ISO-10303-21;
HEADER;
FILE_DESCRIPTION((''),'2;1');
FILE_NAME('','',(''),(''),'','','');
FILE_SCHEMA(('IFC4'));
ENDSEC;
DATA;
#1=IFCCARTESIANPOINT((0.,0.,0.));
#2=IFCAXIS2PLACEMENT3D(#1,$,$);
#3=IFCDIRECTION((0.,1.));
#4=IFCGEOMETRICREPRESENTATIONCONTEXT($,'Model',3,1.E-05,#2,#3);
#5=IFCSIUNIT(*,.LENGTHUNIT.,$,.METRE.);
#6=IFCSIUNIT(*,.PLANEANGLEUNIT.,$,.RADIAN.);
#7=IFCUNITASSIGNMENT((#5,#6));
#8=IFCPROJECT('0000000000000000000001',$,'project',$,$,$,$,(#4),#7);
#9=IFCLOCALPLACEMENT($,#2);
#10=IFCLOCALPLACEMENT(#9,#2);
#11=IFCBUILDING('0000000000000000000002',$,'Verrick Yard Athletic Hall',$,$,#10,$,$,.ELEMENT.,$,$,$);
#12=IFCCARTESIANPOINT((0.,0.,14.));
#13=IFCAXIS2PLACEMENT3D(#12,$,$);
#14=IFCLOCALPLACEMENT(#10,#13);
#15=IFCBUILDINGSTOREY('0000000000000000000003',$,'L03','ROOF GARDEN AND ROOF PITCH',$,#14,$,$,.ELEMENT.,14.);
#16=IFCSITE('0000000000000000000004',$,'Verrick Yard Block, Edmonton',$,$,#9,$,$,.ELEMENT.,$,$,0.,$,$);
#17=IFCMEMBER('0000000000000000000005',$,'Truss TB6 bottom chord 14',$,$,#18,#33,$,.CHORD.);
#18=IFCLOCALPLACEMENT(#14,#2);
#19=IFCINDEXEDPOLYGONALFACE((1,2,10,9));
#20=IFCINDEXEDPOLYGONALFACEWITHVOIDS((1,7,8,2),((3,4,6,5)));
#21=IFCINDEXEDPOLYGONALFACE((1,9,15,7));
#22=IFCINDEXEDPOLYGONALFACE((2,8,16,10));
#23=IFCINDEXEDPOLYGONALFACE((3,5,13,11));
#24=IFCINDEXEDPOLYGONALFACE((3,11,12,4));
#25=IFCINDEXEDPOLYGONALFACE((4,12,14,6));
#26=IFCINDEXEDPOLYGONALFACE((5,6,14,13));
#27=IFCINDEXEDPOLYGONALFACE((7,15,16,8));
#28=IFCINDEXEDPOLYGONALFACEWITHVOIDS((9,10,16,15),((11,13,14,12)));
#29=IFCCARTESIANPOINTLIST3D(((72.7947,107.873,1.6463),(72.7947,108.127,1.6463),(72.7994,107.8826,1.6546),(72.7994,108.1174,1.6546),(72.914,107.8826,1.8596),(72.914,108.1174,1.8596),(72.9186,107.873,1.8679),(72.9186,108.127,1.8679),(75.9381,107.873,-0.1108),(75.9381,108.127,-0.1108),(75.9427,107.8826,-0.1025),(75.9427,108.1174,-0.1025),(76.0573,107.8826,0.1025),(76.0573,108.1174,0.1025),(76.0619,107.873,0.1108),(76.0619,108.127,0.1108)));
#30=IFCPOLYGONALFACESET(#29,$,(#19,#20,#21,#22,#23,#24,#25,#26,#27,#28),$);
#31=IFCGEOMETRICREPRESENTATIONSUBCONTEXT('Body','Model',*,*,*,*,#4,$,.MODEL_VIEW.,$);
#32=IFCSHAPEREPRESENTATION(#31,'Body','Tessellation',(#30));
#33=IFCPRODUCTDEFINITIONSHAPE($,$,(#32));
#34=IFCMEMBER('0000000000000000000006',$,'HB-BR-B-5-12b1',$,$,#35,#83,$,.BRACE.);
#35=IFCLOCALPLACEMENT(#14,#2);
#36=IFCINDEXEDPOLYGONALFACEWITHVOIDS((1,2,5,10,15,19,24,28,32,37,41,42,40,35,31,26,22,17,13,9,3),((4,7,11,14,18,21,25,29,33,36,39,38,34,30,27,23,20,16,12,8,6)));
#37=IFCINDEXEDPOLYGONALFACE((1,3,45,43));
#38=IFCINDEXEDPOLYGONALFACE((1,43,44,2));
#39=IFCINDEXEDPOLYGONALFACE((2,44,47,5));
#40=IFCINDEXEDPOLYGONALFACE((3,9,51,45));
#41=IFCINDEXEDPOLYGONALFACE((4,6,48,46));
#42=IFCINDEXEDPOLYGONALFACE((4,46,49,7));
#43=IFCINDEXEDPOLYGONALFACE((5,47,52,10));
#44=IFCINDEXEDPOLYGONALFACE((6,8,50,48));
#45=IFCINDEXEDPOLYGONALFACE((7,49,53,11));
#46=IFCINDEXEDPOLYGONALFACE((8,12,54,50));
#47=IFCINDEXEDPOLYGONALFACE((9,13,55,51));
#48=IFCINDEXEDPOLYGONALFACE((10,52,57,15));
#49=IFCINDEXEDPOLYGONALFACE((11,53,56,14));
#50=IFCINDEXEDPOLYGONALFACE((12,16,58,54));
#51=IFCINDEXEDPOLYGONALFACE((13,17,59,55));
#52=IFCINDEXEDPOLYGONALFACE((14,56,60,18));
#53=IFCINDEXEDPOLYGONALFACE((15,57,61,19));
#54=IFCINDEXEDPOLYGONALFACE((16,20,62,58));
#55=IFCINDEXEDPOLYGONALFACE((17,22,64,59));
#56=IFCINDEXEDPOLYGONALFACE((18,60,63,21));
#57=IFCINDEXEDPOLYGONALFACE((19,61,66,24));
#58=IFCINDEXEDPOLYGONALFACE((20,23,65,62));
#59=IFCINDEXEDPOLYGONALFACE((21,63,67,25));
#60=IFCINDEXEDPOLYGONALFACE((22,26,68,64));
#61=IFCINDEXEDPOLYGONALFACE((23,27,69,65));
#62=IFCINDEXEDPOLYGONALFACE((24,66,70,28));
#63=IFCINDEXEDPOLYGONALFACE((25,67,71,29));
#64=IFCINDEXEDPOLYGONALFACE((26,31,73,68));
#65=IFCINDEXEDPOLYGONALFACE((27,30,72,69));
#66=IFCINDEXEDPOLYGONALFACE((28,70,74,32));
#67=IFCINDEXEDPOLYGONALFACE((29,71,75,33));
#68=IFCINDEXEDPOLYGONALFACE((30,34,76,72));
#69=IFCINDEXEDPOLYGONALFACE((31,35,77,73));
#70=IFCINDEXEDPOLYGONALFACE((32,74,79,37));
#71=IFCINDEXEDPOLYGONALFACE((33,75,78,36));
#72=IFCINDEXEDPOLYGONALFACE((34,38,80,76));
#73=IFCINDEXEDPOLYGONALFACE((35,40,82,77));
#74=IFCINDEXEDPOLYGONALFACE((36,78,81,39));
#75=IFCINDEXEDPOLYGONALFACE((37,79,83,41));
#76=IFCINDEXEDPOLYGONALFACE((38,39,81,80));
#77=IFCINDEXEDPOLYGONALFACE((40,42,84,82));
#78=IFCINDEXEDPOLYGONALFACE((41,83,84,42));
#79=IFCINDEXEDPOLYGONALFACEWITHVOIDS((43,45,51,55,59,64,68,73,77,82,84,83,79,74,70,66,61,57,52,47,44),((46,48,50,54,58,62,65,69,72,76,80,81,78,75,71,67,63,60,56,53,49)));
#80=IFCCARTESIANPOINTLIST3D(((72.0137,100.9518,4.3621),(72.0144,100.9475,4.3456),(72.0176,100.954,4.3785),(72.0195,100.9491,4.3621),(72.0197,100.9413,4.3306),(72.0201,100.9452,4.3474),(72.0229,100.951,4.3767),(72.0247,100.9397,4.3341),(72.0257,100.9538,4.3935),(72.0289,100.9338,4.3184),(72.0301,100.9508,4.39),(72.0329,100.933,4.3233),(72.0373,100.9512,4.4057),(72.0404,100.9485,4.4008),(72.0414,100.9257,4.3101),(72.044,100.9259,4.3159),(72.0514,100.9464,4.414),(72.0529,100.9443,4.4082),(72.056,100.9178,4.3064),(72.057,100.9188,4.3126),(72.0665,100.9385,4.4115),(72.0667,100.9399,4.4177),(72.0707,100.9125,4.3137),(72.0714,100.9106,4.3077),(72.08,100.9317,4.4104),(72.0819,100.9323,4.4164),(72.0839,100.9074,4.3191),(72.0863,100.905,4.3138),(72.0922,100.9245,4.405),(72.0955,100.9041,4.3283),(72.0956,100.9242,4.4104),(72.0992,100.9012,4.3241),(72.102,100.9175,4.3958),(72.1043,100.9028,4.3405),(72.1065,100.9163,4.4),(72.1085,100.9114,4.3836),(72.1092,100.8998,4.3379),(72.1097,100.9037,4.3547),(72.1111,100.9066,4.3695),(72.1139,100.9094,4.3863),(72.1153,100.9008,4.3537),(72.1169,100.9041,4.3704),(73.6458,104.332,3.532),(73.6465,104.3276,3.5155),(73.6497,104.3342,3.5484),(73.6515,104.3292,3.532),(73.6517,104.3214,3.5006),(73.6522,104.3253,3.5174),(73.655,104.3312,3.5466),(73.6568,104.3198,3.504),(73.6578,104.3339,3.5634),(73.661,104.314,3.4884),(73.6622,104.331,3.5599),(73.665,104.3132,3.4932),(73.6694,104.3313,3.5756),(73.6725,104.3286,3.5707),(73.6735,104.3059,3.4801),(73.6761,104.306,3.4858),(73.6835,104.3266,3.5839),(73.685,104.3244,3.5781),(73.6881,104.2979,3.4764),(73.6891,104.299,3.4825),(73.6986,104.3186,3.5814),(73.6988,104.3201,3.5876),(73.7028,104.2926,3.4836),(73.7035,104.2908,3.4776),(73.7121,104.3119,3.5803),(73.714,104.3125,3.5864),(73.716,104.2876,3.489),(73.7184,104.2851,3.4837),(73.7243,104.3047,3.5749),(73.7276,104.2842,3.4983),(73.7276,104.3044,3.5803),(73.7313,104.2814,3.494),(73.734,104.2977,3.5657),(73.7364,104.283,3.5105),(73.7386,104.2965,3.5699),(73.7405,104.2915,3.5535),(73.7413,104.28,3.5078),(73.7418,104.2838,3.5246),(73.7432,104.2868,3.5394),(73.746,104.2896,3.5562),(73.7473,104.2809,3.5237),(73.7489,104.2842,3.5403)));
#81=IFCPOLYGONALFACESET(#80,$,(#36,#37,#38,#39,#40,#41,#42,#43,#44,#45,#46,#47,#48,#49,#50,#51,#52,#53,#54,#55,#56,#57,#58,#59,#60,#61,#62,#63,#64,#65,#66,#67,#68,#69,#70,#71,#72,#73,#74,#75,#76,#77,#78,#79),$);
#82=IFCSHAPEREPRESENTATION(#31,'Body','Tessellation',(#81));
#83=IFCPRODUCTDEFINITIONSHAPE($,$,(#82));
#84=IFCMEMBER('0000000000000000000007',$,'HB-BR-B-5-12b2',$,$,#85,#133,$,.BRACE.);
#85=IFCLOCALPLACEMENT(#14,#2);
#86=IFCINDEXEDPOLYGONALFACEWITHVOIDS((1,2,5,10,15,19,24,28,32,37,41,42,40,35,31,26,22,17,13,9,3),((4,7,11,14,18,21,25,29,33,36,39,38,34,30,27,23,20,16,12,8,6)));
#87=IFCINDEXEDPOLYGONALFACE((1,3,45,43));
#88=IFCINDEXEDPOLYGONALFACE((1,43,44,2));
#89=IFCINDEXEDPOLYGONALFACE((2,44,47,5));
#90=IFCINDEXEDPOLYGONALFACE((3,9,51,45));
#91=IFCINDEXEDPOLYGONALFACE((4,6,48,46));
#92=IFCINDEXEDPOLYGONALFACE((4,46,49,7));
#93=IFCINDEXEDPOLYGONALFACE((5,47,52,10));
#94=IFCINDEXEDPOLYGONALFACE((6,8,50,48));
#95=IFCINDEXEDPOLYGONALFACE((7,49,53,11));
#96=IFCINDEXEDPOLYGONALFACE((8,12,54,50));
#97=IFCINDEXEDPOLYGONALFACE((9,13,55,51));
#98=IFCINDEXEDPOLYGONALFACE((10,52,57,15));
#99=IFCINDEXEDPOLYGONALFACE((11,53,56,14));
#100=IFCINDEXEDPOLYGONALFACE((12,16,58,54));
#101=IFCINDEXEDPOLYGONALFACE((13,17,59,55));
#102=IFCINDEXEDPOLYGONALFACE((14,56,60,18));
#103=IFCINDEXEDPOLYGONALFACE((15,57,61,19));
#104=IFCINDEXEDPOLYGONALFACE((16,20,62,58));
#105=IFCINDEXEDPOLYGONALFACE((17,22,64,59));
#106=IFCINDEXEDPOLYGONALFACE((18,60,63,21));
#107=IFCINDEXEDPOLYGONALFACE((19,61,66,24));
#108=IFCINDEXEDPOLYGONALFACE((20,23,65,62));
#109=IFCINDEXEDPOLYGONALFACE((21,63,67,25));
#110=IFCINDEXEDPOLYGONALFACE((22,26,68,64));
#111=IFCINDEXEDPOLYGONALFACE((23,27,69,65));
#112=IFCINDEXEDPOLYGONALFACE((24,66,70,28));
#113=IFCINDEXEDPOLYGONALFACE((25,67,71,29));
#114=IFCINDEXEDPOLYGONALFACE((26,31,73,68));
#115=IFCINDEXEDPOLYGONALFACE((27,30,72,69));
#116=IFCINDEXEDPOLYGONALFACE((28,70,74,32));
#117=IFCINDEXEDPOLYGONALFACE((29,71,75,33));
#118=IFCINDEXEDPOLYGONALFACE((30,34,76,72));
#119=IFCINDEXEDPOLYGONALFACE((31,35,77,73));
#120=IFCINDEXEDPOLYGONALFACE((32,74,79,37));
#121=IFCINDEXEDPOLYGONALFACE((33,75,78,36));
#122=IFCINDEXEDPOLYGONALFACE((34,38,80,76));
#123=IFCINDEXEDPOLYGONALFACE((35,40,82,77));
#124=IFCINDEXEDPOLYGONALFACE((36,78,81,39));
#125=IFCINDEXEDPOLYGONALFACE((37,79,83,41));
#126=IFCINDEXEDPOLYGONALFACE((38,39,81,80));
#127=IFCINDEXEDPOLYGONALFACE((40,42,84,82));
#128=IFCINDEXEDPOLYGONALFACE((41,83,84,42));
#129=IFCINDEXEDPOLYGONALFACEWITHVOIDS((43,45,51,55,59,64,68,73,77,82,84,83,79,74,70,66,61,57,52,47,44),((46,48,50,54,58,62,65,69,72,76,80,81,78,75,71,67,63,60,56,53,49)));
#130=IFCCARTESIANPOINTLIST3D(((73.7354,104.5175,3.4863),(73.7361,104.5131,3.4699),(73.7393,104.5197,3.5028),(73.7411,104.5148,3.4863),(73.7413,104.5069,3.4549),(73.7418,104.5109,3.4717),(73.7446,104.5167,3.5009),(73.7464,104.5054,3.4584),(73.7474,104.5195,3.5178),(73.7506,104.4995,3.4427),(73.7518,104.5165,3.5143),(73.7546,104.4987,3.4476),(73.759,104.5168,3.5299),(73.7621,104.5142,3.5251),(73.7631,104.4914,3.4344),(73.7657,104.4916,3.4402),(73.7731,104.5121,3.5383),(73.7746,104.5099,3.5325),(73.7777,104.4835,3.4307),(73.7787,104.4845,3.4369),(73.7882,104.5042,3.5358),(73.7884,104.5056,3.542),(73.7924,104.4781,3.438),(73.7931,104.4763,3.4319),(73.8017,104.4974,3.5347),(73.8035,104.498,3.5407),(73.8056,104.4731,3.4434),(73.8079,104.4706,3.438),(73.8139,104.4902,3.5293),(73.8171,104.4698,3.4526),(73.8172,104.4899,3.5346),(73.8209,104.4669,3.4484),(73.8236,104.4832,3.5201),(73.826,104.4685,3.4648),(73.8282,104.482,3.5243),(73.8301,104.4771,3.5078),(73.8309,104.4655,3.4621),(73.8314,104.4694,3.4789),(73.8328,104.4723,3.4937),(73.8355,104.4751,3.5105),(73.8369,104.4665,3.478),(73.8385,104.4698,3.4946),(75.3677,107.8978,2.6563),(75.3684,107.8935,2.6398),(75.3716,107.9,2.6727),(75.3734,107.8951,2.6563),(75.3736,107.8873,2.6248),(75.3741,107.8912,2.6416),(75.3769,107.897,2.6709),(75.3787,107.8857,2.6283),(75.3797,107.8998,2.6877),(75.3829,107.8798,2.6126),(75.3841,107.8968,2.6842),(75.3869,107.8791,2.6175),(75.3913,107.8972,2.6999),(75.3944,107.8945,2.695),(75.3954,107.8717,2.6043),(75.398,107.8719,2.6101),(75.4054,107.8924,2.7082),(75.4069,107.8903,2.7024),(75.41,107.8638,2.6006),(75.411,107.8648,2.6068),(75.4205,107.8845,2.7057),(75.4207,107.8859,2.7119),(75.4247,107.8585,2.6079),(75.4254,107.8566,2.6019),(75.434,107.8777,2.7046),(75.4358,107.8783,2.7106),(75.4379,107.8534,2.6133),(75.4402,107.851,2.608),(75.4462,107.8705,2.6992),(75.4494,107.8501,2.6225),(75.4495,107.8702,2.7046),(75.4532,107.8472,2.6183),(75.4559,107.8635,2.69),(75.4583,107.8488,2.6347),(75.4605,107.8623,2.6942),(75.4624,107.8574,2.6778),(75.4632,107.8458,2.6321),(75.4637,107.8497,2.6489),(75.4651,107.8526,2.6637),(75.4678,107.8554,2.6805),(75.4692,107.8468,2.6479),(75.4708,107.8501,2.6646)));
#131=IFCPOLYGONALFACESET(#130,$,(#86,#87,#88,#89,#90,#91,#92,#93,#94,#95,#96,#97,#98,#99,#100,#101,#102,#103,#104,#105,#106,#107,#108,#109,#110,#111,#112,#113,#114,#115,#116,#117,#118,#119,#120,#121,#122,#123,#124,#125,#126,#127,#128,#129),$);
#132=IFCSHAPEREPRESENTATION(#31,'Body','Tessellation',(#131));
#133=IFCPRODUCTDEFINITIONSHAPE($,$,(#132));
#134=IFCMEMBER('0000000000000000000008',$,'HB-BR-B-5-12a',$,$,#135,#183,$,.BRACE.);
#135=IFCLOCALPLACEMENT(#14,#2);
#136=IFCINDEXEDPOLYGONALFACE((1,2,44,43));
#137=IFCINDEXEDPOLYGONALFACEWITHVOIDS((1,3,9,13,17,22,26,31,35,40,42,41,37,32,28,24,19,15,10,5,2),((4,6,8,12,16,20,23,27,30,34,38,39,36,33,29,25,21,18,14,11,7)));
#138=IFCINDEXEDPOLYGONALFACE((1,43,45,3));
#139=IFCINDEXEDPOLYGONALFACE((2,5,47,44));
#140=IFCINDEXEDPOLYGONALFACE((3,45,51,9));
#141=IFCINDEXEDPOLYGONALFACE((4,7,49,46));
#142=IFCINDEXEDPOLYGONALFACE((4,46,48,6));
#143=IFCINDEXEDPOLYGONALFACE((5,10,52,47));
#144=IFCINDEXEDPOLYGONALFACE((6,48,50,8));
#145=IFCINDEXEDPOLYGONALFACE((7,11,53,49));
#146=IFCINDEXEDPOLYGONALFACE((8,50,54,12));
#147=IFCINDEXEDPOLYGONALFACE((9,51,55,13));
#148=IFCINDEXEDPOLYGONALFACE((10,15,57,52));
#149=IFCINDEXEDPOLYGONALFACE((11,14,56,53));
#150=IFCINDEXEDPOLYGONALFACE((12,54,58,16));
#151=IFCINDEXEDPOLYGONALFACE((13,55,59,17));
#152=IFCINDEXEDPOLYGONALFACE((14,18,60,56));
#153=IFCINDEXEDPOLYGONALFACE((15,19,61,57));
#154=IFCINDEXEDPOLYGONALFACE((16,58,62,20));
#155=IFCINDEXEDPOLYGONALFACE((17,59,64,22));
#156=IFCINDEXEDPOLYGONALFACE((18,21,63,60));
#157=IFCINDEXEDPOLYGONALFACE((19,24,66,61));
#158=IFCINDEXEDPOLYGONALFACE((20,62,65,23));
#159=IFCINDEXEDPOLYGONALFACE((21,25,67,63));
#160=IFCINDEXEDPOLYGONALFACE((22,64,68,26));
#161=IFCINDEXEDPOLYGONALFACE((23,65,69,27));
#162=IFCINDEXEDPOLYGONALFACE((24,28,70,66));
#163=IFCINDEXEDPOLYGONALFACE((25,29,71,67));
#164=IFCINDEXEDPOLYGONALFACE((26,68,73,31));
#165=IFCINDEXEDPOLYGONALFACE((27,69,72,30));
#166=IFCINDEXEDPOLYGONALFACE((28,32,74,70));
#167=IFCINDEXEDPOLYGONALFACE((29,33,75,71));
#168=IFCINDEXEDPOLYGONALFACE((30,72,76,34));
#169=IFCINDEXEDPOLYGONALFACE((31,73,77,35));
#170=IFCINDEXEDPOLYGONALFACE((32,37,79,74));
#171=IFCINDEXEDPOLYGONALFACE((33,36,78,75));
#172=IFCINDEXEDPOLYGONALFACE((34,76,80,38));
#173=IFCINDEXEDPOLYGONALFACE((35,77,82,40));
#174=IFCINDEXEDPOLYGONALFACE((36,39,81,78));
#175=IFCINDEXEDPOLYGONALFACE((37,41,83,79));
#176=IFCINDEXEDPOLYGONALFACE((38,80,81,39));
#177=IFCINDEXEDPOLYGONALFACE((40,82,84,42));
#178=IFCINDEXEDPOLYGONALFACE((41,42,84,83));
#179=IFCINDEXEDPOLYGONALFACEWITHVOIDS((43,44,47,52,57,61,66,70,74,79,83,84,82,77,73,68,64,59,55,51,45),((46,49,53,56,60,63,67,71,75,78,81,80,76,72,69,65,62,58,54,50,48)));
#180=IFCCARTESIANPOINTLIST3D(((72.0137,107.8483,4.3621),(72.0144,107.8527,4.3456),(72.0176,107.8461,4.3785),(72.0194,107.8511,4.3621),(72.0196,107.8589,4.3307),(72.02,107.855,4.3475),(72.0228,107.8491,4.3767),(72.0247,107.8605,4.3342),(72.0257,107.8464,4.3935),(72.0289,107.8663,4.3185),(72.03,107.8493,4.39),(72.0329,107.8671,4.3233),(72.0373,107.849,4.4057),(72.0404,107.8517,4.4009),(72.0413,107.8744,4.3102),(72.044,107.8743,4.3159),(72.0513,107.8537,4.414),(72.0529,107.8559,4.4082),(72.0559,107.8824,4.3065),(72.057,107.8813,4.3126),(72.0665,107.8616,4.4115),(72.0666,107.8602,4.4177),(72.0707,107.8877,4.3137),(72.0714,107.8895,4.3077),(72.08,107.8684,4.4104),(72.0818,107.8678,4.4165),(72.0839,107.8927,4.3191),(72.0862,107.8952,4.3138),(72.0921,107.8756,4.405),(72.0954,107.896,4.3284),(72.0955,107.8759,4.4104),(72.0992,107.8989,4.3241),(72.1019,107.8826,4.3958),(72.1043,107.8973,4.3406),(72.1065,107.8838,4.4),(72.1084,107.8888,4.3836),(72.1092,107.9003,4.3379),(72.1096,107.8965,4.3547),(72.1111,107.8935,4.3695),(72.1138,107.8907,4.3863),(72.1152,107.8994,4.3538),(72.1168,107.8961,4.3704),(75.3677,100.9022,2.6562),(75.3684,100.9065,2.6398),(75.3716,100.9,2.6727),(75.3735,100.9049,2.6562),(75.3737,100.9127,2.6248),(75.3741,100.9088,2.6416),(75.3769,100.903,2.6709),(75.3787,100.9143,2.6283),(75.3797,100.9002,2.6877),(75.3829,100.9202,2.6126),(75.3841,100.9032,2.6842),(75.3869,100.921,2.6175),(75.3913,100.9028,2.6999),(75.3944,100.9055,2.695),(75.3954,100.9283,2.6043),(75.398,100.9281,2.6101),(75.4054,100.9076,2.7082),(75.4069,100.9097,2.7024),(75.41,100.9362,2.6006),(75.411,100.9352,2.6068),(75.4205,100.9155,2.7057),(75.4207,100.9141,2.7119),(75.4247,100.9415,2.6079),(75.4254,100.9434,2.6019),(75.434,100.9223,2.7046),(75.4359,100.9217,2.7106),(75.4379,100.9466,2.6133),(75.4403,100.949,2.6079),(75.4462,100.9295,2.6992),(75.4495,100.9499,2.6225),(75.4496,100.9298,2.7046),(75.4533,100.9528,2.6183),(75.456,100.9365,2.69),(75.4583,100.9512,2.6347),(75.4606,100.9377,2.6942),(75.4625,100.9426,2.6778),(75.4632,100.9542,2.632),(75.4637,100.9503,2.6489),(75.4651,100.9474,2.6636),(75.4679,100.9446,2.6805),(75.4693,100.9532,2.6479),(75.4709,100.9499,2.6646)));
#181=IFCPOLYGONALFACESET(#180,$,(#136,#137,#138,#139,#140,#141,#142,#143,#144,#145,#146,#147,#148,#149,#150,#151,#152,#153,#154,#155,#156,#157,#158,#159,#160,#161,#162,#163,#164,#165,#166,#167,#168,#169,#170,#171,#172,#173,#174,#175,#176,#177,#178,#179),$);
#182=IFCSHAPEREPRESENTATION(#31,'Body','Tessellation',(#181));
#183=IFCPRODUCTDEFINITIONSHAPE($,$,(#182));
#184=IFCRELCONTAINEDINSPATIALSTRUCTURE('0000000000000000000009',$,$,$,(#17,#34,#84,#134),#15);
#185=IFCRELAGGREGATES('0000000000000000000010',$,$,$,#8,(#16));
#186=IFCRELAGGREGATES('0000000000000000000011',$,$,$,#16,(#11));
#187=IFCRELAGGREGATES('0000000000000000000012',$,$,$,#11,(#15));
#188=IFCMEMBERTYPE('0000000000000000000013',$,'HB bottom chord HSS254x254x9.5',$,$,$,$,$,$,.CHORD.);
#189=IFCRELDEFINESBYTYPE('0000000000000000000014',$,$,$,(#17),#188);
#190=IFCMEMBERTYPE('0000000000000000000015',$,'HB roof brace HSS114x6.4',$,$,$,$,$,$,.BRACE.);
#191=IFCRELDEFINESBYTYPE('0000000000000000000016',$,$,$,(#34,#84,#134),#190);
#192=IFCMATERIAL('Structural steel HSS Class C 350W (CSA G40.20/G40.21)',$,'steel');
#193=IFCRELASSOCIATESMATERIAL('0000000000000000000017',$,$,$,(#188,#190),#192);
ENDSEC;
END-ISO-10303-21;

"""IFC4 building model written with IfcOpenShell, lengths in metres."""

from ifc_helpers import new_model, si_unit, direction, frame, origin, origin_2d, place, context, subcontext, project, spatial, hollow_rectangle, hollow_circle, extrude, material, material_profile, profile_set, type_object, element, save


model = new_model("IFC4")

# Units and contexts
model_context = context("Model", 3, precision=1e-05, world=origin(), true_north=direction((0.0, 1.0)))
body_context = subcontext(model_context, "Body", "Model", "MODEL_VIEW")
ifc_project = project(units=[si_unit("LENGTHUNIT", "METRE"), si_unit("PLANEANGLEUNIT", "RADIAN")], contexts=[model_context])

# Site, building, storey
site_placement = place(None, origin())
site = spatial("IfcSite", under=ifc_project, at=site_placement, Name="Verrick Yard Block, Edmonton", CompositionType="ELEMENT", RefElevation=0.0)
building_placement = place(site_placement, origin())
building = spatial("IfcBuilding", under=site, at=building_placement, Name="Verrick Yard Athletic Hall", CompositionType="ELEMENT")
storey_placement = place(building_placement, frame((0.0, 0.0, 14.0)))
storey = spatial("IfcBuildingStorey", under=building, at=storey_placement, Name="L03", Description="ROOF GARDEN AND ROOF PITCH", CompositionType="ELEMENT", Elevation=14.0)

# Members
ifc_material_1 = material(Name="Structural steel HSS Class C 350W (CSA G40.20/G40.21)", Category="steel")
ifc_material_profile_1 = material_profile(ifc_material_1, hollow_rectangle(XDim=0.2539, YDim=0.2539, WallThickness=0.0095, at=origin_2d()), Name="HSS254x254x9.5")
ifc_profile_set_1 = profile_set([ifc_material_profile_1], Name="Structural steel HSS Class C 350W (CSA G40.20/G40.21)")
member_type_1 = type_object("IfcMemberType", Name="HB bottom chord HSS254x254x9.5", PredefinedType="CHORD", material=ifc_profile_set_1)
member_1_placement = place(storey_placement, frame((72.8567, 108.0, 1.7571), z_axis=(0.872881, 0.0, -0.487932), x_axis=(0.0, 1.0, 0.0)))
element("IfcMember", 1, at=member_1_placement, inside=storey, type_object=member_type_1, Name="Truss TB6 bottom chord 14", PredefinedType="CHORD", context=body_context, shape_type="SweptSolid", body=[
    extrude(hollow_rectangle(XDim=0.2539, YDim=0.2539, WallThickness=0.0095, at=origin_2d()), origin(), (0.0, 0.0, 1.0), 3.6011),
])
ifc_material_profile_2 = material_profile(ifc_material_1, hollow_circle(Radius=0.0571, WallThickness=0.0063, at=origin_2d()), Name="HSS114x6.4")
ifc_profile_set_2 = profile_set([ifc_material_profile_2], Name="Structural steel HSS Class C 350W (CSA G40.20/G40.21)")
member_type_2 = type_object("IfcMemberType", Name="HB roof brace HSS114x6.4", PredefinedType="BRACE", material=ifc_profile_set_2)
member_2_placement = place(storey_placement, frame((72.0652, 100.927, 4.3621), z_axis=(0.424555, 0.879277, -0.215929), x_axis=(-0.900521, 0.434813, 0.0)))
element("IfcMember", 2, at=member_2_placement, inside=storey, type_object=member_type_2, Name="HB-BR-B-5-12b1", PredefinedType="BRACE", context=body_context, shape_type="SweptSolid", body=[
    extrude(hollow_circle(Radius=0.0571, WallThickness=0.0063, at=origin_2d()), origin(), (0.0, 0.0, 1.0), 3.8442),
])
member_3_placement = place(storey_placement, frame((73.7869, 104.4927, 3.4863), z_axis=(0.424583, 0.879267, -0.215911), x_axis=(-0.900508, 0.43484, 0.0)))
element("IfcMember", 3, at=member_3_placement, inside=storey, type_object=member_type_2, Name="HB-BR-B-5-12b2", PredefinedType="BRACE", context=body_context, shape_type="SweptSolid", body=[
    extrude(hollow_circle(Radius=0.0571, WallThickness=0.0063, at=origin_2d()), origin(), (0.0, 0.0, 1.0), 3.8445),
])
member_4_placement = place(storey_placement, frame((75.4192, 100.927, 2.6562), z_axis=(-0.424569, 0.87927, 0.215931), x_axis=(-0.900514, -0.434827, 0.0)))
element("IfcMember", 4, at=member_4_placement, inside=storey, type_object=member_type_2, Name="HB-BR-B-5-12a", PredefinedType="BRACE", context=body_context, shape_type="SweptSolid", body=[
    extrude(hollow_circle(Radius=0.0571, WallThickness=0.0063, at=origin_2d()), origin(), (0.0, 0.0, 1.0), 7.8999),
])

save(model, "model.ifc")
